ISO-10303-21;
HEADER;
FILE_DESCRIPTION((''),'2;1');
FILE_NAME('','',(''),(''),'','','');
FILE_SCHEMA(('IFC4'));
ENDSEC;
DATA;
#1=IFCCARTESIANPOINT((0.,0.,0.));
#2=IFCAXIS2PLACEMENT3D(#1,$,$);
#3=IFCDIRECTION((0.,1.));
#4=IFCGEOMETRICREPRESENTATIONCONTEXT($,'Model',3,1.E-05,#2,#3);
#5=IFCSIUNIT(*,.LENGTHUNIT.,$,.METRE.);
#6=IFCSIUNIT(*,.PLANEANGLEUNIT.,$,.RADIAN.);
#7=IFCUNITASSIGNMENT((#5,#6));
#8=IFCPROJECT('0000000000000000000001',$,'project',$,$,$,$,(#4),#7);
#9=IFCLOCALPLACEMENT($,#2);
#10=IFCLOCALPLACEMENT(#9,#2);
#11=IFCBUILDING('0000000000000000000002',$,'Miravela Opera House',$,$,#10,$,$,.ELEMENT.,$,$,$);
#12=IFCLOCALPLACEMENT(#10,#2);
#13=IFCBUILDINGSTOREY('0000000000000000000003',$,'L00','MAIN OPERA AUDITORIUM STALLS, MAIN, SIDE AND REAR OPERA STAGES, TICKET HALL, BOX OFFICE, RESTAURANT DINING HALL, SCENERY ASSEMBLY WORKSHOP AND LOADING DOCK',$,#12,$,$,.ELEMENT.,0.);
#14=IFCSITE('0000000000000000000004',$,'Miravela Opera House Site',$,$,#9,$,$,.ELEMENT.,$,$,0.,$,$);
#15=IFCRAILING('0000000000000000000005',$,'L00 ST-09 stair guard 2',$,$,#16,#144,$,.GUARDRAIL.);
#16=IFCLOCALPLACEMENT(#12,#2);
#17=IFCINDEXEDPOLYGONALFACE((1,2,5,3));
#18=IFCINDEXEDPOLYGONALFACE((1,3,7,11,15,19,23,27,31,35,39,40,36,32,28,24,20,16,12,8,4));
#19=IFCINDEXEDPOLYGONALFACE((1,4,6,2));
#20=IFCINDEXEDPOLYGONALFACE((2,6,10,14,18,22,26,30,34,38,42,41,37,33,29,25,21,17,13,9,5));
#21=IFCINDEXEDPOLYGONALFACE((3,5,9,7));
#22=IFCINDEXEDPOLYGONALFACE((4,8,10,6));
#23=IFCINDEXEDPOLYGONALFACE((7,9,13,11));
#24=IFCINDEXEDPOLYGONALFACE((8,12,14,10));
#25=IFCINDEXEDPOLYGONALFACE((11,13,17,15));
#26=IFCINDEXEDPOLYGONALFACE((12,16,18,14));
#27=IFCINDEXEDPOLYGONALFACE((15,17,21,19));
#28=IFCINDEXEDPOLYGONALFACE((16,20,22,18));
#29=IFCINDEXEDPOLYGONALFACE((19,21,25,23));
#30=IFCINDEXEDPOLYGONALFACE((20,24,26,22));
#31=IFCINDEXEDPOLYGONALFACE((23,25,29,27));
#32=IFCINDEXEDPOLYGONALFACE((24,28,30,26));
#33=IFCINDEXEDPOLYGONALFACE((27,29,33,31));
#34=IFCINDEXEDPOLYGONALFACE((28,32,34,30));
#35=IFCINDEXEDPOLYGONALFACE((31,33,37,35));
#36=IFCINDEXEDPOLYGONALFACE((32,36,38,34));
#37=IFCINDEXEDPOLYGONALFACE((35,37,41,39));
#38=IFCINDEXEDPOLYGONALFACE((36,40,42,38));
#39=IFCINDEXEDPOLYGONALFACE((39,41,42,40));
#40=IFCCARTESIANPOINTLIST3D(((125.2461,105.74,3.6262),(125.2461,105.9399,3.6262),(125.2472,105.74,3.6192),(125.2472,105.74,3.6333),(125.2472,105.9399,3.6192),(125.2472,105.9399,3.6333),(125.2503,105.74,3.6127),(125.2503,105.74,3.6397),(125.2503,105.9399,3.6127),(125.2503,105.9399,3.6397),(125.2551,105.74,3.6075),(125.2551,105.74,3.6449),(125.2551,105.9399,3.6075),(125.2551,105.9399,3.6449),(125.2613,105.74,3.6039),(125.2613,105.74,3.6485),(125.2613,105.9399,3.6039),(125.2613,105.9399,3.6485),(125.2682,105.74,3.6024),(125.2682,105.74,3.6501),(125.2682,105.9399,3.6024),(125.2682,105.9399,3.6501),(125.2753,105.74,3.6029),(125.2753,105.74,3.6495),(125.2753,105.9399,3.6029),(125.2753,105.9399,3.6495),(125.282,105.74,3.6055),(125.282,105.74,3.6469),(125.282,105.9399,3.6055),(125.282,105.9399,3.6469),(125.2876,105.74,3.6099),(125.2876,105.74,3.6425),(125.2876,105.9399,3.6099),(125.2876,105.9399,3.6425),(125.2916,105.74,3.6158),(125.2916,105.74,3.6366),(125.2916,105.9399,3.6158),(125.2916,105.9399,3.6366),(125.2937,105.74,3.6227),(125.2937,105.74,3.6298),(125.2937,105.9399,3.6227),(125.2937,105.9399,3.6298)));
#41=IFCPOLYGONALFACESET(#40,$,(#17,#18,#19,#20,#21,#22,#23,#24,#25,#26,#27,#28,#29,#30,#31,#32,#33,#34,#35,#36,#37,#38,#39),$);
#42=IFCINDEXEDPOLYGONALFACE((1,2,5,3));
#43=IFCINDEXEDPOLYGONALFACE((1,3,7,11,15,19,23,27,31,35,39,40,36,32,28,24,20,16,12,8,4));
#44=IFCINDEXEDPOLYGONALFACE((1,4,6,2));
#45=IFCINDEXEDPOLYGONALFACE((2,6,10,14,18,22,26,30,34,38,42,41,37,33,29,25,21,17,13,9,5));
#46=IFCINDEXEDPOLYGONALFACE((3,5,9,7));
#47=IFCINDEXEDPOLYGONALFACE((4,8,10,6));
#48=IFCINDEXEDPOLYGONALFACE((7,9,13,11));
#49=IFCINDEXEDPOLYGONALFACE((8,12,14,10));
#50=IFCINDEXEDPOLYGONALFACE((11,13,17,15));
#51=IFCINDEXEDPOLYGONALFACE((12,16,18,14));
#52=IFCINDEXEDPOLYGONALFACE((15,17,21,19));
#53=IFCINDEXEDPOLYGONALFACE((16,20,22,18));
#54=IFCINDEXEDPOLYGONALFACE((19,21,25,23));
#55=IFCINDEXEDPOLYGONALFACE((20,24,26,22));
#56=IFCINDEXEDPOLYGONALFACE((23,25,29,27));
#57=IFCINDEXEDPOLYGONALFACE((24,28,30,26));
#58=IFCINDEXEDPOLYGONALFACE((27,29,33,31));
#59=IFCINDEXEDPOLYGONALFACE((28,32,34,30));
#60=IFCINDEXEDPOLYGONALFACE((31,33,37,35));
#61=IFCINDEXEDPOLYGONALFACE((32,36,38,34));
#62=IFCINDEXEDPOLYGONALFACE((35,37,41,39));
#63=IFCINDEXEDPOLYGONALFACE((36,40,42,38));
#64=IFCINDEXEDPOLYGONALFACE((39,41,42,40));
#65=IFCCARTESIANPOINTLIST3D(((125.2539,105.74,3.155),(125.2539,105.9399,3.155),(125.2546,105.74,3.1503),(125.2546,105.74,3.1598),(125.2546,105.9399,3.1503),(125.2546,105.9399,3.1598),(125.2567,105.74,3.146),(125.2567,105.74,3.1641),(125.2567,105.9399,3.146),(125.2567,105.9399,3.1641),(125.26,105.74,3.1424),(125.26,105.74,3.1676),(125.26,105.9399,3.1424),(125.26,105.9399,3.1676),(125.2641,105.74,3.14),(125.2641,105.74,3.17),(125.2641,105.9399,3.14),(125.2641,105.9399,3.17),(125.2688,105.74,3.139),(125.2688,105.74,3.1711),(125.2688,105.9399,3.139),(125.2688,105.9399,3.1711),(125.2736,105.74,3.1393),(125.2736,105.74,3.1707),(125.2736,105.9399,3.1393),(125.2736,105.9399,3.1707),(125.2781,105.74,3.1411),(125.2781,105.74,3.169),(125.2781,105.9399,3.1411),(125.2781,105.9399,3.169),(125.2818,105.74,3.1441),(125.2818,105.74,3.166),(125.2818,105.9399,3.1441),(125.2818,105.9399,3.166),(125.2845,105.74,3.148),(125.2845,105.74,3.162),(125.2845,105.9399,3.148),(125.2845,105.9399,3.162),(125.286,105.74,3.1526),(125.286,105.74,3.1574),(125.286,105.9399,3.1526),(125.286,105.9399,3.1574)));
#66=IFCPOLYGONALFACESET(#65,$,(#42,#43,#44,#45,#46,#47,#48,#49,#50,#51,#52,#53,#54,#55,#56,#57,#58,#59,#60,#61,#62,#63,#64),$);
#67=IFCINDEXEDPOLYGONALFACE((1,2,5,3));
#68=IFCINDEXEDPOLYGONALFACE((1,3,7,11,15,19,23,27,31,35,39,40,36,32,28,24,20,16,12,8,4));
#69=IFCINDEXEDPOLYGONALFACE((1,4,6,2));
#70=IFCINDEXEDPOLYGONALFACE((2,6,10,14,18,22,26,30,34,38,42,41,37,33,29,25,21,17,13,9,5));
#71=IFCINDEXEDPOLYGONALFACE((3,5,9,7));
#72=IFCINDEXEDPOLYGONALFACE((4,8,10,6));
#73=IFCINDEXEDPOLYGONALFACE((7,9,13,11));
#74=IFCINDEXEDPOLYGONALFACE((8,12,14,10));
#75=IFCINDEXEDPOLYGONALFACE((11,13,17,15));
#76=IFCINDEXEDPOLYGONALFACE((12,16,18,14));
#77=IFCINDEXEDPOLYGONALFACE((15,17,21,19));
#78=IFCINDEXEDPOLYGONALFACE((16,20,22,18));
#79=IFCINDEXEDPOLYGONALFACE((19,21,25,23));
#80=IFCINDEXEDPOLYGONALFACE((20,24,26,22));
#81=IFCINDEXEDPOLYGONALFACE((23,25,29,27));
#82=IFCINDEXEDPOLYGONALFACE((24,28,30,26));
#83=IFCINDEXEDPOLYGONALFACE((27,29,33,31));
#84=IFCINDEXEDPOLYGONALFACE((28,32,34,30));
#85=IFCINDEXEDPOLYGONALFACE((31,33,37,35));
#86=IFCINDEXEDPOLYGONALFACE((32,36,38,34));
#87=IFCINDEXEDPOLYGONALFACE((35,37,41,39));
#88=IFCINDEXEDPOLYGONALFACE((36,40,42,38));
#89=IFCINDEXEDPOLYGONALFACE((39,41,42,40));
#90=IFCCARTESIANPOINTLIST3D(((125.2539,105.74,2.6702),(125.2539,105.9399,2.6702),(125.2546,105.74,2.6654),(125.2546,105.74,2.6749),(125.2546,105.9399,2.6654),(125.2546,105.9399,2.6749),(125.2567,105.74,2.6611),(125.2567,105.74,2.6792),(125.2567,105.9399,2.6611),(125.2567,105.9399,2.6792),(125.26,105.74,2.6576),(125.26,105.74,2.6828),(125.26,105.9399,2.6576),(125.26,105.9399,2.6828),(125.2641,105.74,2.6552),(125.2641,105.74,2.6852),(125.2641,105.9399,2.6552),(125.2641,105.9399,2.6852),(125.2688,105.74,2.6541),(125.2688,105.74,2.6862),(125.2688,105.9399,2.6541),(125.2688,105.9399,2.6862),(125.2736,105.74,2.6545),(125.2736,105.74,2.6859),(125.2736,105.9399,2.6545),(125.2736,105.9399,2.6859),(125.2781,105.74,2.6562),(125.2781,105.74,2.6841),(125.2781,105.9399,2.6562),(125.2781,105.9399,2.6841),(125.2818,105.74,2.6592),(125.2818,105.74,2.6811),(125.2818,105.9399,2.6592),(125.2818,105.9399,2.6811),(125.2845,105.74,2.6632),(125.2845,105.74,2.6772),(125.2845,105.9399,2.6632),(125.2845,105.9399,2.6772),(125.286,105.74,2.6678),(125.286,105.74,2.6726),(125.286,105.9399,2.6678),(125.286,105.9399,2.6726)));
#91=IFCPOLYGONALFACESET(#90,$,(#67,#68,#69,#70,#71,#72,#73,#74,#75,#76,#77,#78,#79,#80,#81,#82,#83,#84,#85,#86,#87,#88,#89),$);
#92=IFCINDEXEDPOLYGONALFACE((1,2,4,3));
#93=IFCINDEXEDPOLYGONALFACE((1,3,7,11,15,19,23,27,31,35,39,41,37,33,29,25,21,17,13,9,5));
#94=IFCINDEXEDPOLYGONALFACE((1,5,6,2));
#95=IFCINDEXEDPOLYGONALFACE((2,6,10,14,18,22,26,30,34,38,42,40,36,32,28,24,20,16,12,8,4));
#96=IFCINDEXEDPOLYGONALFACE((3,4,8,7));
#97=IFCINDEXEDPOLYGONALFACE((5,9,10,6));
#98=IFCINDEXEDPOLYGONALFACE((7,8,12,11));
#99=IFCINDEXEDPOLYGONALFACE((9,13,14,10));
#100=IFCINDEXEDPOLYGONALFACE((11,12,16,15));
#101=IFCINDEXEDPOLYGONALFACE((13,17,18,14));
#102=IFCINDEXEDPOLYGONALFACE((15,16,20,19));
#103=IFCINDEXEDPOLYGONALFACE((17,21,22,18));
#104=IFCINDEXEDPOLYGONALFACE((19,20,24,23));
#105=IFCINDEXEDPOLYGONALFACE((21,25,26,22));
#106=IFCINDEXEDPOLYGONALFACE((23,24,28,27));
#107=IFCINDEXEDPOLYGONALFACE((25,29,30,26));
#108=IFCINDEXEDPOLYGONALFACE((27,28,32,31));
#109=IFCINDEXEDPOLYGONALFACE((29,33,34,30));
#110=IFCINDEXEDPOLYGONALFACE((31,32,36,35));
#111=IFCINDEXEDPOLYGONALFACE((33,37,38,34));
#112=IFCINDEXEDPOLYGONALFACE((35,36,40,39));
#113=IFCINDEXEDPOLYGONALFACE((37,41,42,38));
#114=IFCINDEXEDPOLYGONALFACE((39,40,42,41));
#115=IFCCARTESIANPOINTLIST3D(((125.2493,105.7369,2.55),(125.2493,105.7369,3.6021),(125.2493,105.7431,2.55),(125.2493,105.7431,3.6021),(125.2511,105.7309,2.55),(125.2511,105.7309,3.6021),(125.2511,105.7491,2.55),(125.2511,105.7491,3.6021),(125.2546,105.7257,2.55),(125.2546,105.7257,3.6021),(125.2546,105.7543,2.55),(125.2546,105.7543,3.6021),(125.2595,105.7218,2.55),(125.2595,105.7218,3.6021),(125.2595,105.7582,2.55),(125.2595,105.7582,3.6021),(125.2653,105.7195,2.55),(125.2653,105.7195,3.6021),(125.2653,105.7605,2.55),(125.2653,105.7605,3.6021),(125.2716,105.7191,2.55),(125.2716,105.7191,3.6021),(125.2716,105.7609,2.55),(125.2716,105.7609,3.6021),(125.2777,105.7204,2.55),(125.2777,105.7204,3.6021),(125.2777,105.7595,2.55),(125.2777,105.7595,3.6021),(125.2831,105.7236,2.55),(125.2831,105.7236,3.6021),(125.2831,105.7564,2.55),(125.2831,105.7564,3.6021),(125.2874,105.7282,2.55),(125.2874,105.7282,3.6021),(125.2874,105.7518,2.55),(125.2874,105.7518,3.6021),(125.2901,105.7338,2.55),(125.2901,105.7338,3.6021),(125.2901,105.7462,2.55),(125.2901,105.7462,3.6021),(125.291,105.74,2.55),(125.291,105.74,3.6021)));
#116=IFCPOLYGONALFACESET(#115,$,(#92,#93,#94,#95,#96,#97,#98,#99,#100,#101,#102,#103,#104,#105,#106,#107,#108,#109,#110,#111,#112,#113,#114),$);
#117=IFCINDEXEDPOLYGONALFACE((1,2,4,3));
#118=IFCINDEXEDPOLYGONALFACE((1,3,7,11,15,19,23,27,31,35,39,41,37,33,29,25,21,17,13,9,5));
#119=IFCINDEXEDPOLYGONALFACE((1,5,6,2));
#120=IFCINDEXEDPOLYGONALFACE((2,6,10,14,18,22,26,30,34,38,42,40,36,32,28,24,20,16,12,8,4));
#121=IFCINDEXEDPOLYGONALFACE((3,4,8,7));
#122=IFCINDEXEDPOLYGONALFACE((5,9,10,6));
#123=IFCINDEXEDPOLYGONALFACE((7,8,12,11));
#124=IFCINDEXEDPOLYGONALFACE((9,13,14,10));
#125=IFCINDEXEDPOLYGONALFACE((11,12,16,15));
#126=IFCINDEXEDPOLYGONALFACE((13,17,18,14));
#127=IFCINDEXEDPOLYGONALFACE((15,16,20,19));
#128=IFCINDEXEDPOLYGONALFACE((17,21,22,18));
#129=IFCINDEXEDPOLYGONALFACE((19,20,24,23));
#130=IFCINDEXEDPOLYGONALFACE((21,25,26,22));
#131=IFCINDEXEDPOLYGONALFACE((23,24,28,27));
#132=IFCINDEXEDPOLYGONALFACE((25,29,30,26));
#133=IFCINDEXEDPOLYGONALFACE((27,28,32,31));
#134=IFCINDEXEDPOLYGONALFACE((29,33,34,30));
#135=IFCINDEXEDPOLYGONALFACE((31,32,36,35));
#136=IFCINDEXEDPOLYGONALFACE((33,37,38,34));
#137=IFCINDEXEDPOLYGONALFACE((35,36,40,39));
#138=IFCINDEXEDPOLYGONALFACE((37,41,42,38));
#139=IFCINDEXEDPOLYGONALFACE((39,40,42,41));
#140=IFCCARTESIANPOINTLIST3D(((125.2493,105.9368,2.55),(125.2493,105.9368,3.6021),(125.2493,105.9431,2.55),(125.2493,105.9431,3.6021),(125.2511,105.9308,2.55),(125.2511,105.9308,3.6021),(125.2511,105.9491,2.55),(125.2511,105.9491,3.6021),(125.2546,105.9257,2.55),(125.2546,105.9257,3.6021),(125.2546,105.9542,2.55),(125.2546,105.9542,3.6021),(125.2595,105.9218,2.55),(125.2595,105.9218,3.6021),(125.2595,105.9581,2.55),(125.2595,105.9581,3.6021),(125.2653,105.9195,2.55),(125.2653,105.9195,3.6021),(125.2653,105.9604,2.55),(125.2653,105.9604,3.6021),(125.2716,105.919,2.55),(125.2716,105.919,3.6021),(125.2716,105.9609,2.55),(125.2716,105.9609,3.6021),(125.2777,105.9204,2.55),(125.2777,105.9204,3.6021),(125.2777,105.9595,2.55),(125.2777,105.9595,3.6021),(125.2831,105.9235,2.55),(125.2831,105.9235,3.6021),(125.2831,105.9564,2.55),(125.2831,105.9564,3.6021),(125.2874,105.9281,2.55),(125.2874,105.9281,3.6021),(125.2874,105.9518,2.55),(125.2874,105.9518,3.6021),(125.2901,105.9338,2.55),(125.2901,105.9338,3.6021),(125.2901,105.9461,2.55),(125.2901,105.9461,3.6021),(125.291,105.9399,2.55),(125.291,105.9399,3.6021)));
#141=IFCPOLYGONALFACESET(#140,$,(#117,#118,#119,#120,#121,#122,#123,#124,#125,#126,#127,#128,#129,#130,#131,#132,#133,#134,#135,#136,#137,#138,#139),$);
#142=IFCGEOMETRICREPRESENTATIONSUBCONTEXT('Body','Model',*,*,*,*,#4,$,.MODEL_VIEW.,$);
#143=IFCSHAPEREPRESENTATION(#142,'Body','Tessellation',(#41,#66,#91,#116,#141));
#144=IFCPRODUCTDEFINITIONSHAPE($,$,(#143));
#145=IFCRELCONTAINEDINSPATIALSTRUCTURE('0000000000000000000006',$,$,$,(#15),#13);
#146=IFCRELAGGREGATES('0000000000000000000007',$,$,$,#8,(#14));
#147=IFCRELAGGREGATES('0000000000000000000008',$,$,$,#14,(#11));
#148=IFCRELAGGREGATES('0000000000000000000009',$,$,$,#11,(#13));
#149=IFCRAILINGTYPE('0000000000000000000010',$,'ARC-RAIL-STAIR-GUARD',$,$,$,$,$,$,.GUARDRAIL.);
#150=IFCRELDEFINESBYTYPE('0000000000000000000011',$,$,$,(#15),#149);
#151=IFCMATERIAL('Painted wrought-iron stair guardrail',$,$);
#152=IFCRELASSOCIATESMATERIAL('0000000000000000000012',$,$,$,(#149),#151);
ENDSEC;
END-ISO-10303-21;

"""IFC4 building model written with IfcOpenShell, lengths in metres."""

from ifc_helpers import new_model, si_unit, direction, frame, origin, origin_2d, place, context, subcontext, project, spatial, circle, extrude, material, type_object, element, save


model = new_model("IFC4")

# Units and contexts
model_context = context("Model", 3, precision=1e-05, world=origin(), true_north=direction((0.0, 1.0)))
body_context = subcontext(model_context, "Body", "Model", "MODEL_VIEW")
ifc_project = project(units=[si_unit("LENGTHUNIT", "METRE"), si_unit("PLANEANGLEUNIT", "RADIAN")], contexts=[model_context])

# Site, building, storey
site_placement = place(None, origin())
site = spatial("IfcSite", under=ifc_project, at=site_placement, Name="Miravela Opera House Site", CompositionType="ELEMENT", RefElevation=0.0)
building_placement = place(site_placement, origin())
building = spatial("IfcBuilding", under=site, at=building_placement, Name="Miravela Opera House", CompositionType="ELEMENT")
storey_placement = place(building_placement, origin())
storey = spatial("IfcBuildingStorey", under=building, at=storey_placement, Name="L00", Description="MAIN OPERA AUDITORIUM STALLS, MAIN, SIDE AND REAR OPERA STAGES, TICKET HALL, BOX OFFICE, RESTAURANT DINING HALL, SCENERY ASSEMBLY WORKSHOP AND LOADING DOCK", CompositionType="ELEMENT", Elevation=0.0)

# Railing
ifc_material_1 = material(Name="Painted wrought-iron stair guardrail")
railing_type_1 = type_object("IfcRailingType", Name="ARC-RAIL-STAIR-GUARD", PredefinedType="GUARDRAIL", material=ifc_material_1)
railing_1_placement = place(storey_placement, frame((125.27, 105.74, 2.55)))
element("IfcRailing", 1, at=railing_1_placement, inside=storey, type_object=railing_type_1, Name="L00 ST-09 stair guard 2", PredefinedType="GUARDRAIL", context=body_context, shape_type="SweptSolid", body=[
    extrude(circle(Radius=0.0239, at=origin_2d()), frame((0.0, 0.0, 1.0762), z_axis=(0.0, 1.0, 0.0), x_axis=(-1.0, 0.0, 0.0)), (0.0, 0.0, 1.0), 0.2),
    extrude(circle(Radius=0.0161, at=origin_2d()), frame((0.0, 0.0, 0.605), z_axis=(0.0, 1.0, 0.0), x_axis=(-1.0, 0.0, 0.0)), (0.0, 0.0, 1.0), 0.2),
    extrude(circle(Radius=0.0161, at=origin_2d()), frame((0.0, 0.0, 0.1201), z_axis=(0.0, 1.0, 0.0), x_axis=(-1.0, 0.0, 0.0)), (0.0, 0.0, 1.0), 0.2),
    extrude(circle(Radius=0.021, at=origin_2d()), origin(), (0.0, 0.0, 1.0), 1.052),
    extrude(circle(Radius=0.021, at=origin_2d()), frame((0.0, 0.2, 0.0)), (0.0, 0.0, 1.0), 1.052),
])

save(model, "model.ifc")
